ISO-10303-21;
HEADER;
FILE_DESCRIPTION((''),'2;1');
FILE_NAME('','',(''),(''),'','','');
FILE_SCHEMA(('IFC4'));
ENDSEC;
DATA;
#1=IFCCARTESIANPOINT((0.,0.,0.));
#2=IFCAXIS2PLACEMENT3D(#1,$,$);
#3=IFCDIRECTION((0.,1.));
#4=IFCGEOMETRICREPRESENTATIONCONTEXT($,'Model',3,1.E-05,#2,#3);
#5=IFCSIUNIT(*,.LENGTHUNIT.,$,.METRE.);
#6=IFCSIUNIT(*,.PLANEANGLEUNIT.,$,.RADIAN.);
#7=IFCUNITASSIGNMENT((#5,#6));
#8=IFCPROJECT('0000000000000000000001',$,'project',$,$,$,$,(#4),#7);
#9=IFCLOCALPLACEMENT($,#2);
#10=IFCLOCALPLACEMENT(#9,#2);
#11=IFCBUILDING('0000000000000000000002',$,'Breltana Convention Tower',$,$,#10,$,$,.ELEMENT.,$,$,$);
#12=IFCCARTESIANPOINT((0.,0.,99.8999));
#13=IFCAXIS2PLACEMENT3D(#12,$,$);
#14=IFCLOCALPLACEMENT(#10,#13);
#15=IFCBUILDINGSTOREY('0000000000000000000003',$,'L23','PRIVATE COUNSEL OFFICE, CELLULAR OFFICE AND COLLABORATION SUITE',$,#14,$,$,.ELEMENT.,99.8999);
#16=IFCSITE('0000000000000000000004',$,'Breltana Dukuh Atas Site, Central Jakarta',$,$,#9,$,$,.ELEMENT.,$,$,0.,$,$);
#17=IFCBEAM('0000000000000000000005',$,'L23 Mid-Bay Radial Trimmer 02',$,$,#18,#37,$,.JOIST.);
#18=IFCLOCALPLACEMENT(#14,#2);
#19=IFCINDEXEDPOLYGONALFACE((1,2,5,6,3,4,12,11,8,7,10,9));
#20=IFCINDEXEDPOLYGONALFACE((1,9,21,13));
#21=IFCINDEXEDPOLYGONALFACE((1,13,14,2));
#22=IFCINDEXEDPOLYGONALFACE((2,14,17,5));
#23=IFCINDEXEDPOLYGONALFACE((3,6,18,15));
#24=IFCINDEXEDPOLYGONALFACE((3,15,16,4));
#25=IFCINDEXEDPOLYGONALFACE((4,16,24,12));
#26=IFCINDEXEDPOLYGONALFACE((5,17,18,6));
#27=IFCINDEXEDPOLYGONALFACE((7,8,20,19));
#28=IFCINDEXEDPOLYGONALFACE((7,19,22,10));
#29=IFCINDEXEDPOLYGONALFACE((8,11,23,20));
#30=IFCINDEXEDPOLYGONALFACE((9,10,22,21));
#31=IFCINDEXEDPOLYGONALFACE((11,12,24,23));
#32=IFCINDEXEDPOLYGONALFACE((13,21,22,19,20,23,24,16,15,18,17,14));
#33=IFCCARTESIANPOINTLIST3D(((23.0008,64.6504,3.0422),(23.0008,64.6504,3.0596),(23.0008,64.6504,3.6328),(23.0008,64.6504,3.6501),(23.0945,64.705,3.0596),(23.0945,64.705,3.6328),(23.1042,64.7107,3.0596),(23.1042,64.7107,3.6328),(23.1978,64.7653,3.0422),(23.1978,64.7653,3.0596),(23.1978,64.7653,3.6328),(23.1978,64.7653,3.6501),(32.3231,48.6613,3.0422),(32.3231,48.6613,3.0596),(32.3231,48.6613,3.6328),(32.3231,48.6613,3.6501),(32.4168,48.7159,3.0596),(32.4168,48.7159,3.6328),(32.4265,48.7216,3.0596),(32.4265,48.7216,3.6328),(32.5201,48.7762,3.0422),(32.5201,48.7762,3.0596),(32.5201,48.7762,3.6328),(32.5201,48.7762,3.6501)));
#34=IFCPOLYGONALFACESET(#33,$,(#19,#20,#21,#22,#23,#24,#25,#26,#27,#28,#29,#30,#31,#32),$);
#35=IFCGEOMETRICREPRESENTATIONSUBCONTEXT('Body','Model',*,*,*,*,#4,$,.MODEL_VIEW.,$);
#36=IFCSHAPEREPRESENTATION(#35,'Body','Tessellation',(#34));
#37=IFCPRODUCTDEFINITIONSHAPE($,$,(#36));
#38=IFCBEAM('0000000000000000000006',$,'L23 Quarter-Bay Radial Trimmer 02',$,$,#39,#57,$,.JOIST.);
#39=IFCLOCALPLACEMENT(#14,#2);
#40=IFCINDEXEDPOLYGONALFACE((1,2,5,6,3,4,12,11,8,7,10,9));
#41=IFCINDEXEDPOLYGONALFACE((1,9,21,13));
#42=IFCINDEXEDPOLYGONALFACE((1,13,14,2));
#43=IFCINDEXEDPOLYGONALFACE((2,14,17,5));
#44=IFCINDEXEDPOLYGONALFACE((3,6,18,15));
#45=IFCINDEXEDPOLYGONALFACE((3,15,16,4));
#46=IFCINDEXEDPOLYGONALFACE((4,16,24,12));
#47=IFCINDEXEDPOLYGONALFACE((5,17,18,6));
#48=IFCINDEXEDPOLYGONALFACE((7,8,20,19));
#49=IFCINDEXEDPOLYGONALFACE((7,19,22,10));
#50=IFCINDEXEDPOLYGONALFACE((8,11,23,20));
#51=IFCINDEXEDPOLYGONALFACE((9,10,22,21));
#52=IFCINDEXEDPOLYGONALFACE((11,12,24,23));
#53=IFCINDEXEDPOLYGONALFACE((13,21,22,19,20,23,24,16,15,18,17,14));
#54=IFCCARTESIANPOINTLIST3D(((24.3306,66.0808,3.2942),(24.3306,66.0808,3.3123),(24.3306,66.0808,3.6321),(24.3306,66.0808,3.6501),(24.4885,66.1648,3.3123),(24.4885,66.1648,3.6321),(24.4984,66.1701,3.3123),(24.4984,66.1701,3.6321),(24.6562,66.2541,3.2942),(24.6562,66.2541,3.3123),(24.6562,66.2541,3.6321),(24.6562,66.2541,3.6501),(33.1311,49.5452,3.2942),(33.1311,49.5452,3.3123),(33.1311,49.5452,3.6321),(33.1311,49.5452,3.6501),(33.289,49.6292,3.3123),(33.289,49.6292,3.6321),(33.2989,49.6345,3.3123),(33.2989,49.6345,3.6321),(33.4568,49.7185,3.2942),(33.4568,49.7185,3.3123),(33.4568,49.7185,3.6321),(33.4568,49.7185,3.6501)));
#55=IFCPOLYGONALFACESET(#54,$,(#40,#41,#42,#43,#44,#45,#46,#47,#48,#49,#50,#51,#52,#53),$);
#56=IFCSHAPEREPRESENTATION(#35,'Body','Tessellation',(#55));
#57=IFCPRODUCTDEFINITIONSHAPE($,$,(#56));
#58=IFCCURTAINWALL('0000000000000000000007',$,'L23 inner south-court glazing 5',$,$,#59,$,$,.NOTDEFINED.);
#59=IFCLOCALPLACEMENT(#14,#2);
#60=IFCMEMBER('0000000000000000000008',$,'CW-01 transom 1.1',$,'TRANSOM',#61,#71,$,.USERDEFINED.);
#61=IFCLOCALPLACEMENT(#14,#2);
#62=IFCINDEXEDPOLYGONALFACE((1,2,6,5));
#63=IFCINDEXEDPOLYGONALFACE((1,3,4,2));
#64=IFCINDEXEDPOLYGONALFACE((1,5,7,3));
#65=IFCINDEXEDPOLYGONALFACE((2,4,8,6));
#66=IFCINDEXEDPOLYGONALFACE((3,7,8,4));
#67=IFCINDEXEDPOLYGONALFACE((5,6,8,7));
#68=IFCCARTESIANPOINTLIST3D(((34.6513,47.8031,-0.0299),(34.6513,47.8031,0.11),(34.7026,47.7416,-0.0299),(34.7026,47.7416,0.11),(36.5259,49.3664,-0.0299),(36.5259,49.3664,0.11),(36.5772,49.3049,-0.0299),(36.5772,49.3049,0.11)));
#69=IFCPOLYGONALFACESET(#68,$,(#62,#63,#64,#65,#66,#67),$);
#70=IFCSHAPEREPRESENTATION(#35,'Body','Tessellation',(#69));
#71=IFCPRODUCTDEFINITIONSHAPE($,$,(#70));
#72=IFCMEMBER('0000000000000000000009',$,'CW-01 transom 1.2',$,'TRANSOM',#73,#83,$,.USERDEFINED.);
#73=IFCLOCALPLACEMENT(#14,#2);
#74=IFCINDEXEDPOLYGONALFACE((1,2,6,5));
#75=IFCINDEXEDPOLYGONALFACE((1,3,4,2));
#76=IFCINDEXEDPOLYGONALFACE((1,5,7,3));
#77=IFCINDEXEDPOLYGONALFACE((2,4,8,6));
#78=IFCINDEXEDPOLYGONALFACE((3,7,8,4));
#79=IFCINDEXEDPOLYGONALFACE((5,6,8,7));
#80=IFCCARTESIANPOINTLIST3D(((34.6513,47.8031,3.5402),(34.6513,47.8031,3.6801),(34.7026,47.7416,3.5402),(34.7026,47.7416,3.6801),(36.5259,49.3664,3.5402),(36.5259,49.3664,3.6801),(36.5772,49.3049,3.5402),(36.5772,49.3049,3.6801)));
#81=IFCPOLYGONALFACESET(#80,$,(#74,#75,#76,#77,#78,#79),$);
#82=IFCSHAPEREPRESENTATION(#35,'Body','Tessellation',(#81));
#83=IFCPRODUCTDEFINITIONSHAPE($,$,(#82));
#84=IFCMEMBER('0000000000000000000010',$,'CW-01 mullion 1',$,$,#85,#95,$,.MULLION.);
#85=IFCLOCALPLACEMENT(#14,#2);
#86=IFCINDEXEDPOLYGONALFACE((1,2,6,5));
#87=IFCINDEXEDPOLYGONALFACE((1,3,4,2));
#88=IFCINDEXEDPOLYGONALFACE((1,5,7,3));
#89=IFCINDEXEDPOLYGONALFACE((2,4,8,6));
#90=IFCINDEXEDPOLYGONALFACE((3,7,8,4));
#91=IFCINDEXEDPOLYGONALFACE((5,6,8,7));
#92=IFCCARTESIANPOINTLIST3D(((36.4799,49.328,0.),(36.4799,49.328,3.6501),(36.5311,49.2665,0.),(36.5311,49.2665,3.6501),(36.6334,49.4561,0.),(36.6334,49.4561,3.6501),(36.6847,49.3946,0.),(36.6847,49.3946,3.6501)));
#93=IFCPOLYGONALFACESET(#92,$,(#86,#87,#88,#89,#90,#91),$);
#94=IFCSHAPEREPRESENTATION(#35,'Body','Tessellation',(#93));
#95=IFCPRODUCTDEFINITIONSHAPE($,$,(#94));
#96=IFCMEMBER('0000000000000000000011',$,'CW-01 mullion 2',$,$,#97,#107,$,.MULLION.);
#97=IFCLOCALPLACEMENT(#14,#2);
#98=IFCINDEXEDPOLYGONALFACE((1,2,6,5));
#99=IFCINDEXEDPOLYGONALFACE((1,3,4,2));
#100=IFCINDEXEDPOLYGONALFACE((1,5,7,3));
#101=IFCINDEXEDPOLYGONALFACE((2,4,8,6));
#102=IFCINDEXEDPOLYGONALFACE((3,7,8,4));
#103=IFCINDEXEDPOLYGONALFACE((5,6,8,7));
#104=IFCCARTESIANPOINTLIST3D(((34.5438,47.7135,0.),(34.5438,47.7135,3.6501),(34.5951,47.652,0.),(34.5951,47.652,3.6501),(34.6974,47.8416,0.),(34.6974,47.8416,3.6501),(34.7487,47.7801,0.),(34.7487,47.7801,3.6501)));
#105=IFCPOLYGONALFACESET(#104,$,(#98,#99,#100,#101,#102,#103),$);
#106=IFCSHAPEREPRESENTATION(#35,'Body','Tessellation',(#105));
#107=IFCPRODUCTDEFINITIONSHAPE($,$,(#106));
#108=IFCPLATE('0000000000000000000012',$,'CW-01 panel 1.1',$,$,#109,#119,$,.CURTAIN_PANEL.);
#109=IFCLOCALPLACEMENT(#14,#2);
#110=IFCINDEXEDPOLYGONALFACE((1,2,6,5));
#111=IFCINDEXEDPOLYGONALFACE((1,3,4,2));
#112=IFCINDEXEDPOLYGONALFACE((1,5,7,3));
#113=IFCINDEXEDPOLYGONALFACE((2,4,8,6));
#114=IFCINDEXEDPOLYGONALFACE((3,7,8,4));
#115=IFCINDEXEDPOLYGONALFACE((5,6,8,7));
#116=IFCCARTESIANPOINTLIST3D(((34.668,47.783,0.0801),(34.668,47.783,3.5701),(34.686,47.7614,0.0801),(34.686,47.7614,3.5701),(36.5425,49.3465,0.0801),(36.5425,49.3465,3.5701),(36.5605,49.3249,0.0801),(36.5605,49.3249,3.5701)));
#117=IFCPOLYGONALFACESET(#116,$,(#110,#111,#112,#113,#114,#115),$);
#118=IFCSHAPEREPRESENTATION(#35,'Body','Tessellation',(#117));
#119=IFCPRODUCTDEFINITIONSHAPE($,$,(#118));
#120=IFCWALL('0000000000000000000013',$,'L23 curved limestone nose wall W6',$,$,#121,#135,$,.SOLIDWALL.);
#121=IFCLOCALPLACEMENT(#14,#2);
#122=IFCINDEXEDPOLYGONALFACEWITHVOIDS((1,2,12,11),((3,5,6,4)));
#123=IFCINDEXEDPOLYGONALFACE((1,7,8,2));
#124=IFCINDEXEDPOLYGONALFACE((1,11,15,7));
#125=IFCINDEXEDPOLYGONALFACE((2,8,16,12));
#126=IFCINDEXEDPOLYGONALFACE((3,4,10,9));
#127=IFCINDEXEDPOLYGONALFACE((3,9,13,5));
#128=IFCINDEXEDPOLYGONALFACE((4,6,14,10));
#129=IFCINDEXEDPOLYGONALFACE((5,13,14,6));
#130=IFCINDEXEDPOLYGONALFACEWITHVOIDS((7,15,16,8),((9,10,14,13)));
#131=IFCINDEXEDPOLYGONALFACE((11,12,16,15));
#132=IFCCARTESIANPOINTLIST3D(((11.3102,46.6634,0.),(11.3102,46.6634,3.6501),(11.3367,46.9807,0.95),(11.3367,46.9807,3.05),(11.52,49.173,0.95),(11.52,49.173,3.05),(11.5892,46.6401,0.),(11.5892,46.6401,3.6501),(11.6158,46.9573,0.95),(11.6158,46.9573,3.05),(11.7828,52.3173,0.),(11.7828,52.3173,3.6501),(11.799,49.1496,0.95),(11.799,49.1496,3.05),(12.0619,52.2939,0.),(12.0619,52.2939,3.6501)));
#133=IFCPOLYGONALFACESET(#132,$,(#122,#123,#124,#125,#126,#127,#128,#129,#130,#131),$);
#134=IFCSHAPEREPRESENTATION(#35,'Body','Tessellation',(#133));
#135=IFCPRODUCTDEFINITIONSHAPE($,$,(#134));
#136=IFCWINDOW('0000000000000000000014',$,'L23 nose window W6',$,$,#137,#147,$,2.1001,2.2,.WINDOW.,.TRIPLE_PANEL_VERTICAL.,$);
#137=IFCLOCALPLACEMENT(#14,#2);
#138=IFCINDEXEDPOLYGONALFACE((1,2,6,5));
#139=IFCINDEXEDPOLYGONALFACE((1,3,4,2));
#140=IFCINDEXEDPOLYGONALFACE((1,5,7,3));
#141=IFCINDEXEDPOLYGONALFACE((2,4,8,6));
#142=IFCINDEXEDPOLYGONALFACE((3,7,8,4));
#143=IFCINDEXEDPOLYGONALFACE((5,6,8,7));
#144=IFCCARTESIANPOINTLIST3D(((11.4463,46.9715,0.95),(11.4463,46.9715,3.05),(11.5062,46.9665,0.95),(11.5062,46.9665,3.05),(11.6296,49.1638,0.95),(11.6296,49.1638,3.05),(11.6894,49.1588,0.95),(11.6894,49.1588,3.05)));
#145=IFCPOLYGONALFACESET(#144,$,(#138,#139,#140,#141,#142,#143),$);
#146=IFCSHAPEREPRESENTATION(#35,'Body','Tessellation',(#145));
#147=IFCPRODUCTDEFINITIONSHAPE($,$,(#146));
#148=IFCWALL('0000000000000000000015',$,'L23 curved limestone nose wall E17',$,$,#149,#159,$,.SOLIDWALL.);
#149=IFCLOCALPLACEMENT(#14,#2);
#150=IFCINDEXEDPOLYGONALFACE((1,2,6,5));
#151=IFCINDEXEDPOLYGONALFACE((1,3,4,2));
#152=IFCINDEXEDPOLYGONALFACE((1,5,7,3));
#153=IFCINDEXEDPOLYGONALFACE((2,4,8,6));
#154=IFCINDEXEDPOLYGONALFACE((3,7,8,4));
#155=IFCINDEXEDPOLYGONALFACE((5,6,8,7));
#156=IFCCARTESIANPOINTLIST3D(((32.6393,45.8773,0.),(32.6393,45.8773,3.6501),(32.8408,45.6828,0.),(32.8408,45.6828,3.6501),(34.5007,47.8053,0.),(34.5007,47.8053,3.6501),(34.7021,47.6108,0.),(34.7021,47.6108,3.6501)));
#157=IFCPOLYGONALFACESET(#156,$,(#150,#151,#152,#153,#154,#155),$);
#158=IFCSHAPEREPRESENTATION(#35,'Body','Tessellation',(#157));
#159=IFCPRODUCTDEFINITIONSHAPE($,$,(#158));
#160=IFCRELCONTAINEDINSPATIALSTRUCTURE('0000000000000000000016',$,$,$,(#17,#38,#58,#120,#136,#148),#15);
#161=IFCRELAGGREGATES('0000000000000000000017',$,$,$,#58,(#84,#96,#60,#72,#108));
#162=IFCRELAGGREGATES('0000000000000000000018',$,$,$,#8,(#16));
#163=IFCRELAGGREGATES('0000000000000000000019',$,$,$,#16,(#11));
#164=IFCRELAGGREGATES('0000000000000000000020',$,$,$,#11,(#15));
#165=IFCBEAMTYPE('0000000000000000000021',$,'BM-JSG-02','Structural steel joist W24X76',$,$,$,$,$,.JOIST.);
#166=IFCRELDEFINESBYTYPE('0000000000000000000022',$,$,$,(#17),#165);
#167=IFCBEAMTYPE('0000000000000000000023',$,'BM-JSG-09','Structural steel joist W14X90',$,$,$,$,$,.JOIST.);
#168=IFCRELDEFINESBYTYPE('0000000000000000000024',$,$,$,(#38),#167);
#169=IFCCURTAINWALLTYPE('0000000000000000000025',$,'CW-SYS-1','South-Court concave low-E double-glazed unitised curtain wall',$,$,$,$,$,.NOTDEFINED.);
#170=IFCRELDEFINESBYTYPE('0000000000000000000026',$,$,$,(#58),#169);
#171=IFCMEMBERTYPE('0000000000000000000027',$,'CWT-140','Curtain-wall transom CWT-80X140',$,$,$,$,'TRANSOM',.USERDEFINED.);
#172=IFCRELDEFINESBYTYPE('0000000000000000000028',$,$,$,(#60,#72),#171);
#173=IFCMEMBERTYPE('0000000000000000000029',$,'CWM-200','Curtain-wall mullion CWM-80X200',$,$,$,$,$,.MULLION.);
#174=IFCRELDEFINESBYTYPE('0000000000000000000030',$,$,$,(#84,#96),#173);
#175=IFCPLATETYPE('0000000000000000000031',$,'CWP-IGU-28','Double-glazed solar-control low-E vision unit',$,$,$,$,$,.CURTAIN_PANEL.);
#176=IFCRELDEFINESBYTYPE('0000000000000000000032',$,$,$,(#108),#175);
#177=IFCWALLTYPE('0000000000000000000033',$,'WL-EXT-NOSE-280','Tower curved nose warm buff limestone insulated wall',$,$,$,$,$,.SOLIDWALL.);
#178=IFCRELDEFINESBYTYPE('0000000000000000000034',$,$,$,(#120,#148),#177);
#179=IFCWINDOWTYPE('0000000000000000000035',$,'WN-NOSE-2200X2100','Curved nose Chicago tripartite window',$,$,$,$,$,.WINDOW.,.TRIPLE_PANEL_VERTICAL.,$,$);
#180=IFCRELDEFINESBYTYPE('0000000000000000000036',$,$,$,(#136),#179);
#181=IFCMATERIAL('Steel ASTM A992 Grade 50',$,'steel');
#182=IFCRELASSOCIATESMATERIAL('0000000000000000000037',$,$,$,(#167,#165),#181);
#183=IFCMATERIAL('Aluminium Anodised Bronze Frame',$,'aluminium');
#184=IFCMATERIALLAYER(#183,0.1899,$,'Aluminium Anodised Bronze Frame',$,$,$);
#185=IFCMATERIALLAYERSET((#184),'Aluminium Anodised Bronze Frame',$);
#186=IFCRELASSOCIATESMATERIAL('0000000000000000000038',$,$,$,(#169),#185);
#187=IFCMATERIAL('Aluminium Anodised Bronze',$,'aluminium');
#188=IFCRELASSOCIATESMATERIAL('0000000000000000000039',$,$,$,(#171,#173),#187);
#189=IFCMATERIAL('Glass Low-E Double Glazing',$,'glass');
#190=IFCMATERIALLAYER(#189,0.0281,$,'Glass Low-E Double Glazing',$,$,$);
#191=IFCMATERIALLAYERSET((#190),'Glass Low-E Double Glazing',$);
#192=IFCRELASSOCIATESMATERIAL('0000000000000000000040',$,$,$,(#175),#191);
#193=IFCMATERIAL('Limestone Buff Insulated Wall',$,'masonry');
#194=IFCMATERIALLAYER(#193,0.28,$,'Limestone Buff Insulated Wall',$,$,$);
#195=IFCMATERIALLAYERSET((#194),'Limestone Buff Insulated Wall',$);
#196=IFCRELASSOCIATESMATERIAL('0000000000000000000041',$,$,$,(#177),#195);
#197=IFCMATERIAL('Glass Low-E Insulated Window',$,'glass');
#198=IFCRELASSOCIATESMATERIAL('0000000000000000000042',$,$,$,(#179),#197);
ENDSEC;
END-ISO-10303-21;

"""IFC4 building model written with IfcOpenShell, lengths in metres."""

from ifc_helpers import new_model, si_unit, direction, frame, frame_2d, origin, origin_2d, place, context, subcontext, project, spatial, rectangle, i_section, extrude, source, transform, mapped, material, layer, layer_set, material_profile, profile_set, type_object, type_shapes, element, fill, aggregate, save


model = new_model("IFC4")

# Units and contexts
model_context = context("Model", 3, precision=1e-05, world=origin(), true_north=direction((0.0, 1.0)))
body_context = subcontext(model_context, "Body", "Model", "MODEL_VIEW")
ifc_project = project(units=[si_unit("LENGTHUNIT", "METRE"), si_unit("PLANEANGLEUNIT", "RADIAN")], contexts=[model_context])

# Site, building, storey
site_placement = place(None, origin())
site = spatial("IfcSite", under=ifc_project, at=site_placement, Name="Breltana Dukuh Atas Site, Central Jakarta", CompositionType="ELEMENT", RefElevation=0.0)
building_placement = place(site_placement, origin())
building = spatial("IfcBuilding", under=site, at=building_placement, Name="Breltana Convention Tower", CompositionType="ELEMENT")
storey_placement = place(building_placement, frame((0.0, 0.0, 99.8999)))
storey = spatial("IfcBuildingStorey", under=building, at=storey_placement, Name="L23", Description="PRIVATE COUNSEL OFFICE, CELLULAR OFFICE AND COLLABORATION SUITE", CompositionType="ELEMENT", Elevation=99.8999)

# Beams
ifc_material_1 = material(Name="Steel ASTM A992 Grade 50", Category="steel")
ifc_material_profile_1 = material_profile(ifc_material_1, i_section(OverallWidth=0.3689, OverallDepth=0.356, WebThickness=0.0112, FlangeThickness=0.0181, at=origin_2d()), Name="W14X90")
ifc_profile_set_1 = profile_set([ifc_material_profile_1], Name="Steel ASTM A992 Grade 50")
beam_type_1 = type_object("IfcBeamType", Name="BM-JSG-09", Description="Structural steel joist W14X90", PredefinedType="JOIST", material=ifc_profile_set_1)
ifc_material_profile_2 = material_profile(ifc_material_1, i_section(OverallWidth=0.228, OverallDepth=0.6079, WebThickness=0.0112, FlangeThickness=0.0173, at=origin_2d()), Name="W24X76")
ifc_profile_set_2 = profile_set([ifc_material_profile_2], Name="Steel ASTM A992 Grade 50")
beam_type_2 = type_object("IfcBeamType", Name="BM-JSG-02", Description="Structural steel joist W24X76", PredefinedType="JOIST", material=ifc_profile_set_2)
shared_shape_1 = source(origin(), body_context, "Body", "SweptSolid", [
    extrude(i_section(OverallWidth=0.228, OverallDepth=0.6079, WebThickness=0.0112, FlangeThickness=0.0173, at=origin_2d()), origin(), (0.0, 0.0, 1.0), 18.5083),
])
beam_1_placement = place(storey_placement, frame((32.4216, 48.7188, 3.3462), z_axis=(-0.503683, 0.863888, 0.0), x_axis=(-0.863888, -0.503683, 0.0)))
element("IfcBeam", 1, at=beam_1_placement, inside=storey, type_object=beam_type_2, Name="L23 Mid-Bay Radial Trimmer 02", PredefinedType="JOIST", context=body_context, shape_type="MappedRepresentation", body=[
    mapped(shared_shape_1, transform((0.0, 0.0, 0.0), scale=1.0)),
])
shared_shape_2 = source(origin(), body_context, "Body", "SweptSolid", [
    extrude(i_section(OverallWidth=0.3689, OverallDepth=0.356, WebThickness=0.0112, FlangeThickness=0.0181, at=origin_2d()), origin(), (0.0, 0.0, 1.0), 18.7317),
])
beam_2_placement = place(storey_placement, frame((33.2939, 49.6318, 3.4722), z_axis=(-0.46982, 0.882762, 0.0), x_axis=(-0.882762, -0.46982, 0.0)))
element("IfcBeam", 2, at=beam_2_placement, inside=storey, type_object=beam_type_1, Name="L23 Quarter-Bay Radial Trimmer 02", PredefinedType="JOIST", context=body_context, shape_type="MappedRepresentation", body=[
    mapped(shared_shape_2, transform((0.0, 0.0, 0.0), scale=1.0)),
])

# Curtain wall, members, plate
ifc_material_2 = material(Name="Aluminium Anodised Bronze Frame", Category="aluminium")
ifc_layer_1 = layer(ifc_material_2, 0.1899, Name="Aluminium Anodised Bronze Frame")
ifc_layer_set_1 = layer_set([ifc_layer_1], Name="Aluminium Anodised Bronze Frame")
curtain_wall_type = type_object("IfcCurtainWallType", Name="CW-SYS-1", Description="South-Court concave low-E double-glazed unitised curtain wall", PredefinedType="NOTDEFINED", material=ifc_layer_set_1)
curtain_wall_placement = place(storey_placement, origin())
curtain_wall = element("IfcCurtainWall", 3, at=curtain_wall_placement, inside=storey, type_object=curtain_wall_type, Name="L23 inner south-court glazing 5", PredefinedType="NOTDEFINED")
ifc_material_3 = material(Name="Aluminium Anodised Bronze", Category="aluminium")
ifc_material_profile_3 = material_profile(ifc_material_3, rectangle(XDim=0.0801, YDim=0.1399, at=origin_2d()), Name="CWT-80X140")
ifc_profile_set_3 = profile_set([ifc_material_profile_3], Name="Aluminium Anodised Bronze")
member_type_1 = type_object("IfcMemberType", Name="CWT-140", Description="Curtain-wall transom CWT-80X140", ElementType="TRANSOM", PredefinedType="USERDEFINED", material=ifc_profile_set_3)
shared_shape_3 = source(origin(), body_context, "Body", "SweptSolid", [
    extrude(rectangle(XDim=0.0801, YDim=0.1399, at=origin_2d()), origin(), (0.0, 0.0, 1.0), 2.4409),
])
member_1_placement = place(storey_placement, frame((36.5515, 49.3357, 0.04), z_axis=(-0.767992, -0.64046, 0.0), x_axis=(0.64046, -0.767992, 0.0)))
member_1 = element("IfcMember", 4, at=member_1_placement, type_object=member_type_1, Name="CW-01 transom 1.1", ObjectType="TRANSOM", PredefinedType="USERDEFINED", context=body_context, shape_type="MappedRepresentation", body=[
    mapped(shared_shape_3, transform((0.0, 0.0, 0.0), scale=1.0)),
])
member_2_placement = place(storey_placement, frame((36.5515, 49.3357, 3.6101), z_axis=(-0.767992, -0.64046, 0.0), x_axis=(0.64046, -0.767992, 0.0)))
member_2 = element("IfcMember", 5, at=member_2_placement, type_object=member_type_1, Name="CW-01 transom 1.2", ObjectType="TRANSOM", PredefinedType="USERDEFINED", context=body_context, shape_type="MappedRepresentation", body=[
    mapped(shared_shape_3, transform((0.0, 0.0, 0.0), scale=1.0)),
])
ifc_material_profile_4 = material_profile(ifc_material_3, rectangle(XDim=0.0801, YDim=0.2, at=origin_2d()), Name="CWM-80X200")
ifc_profile_set_4 = profile_set([ifc_material_profile_4], Name="Aluminium Anodised Bronze")
member_type_2 = type_object("IfcMemberType", Name="CWM-200", Description="Curtain-wall mullion CWM-80X200", PredefinedType="MULLION", material=ifc_profile_set_4)
shared_shape_4 = source(origin(), body_context, "Body", "SweptSolid", [
    extrude(rectangle(XDim=0.0801, YDim=0.2, at=origin_2d()), origin(), (0.0, 0.0, 1.0), 3.6501),
])
member_3_placement = place(storey_placement, frame((36.5823, 49.3613, 0.0), z_axis=(0.0, 0.0, 1.0), x_axis=(0.640521, -0.767941, 0.0)))
member_3 = element("IfcMember", 6, at=member_3_placement, type_object=member_type_2, Name="CW-01 mullion 1", PredefinedType="MULLION", context=body_context, shape_type="MappedRepresentation", body=[
    mapped(shared_shape_4, transform((0.0, 0.0, 0.0), scale=1.0)),
])
member_4_placement = place(storey_placement, frame((34.6462, 47.7468, 0.0), z_axis=(0.0, 0.0, 1.0), x_axis=(0.640521, -0.767941, 0.0)))
member_4 = element("IfcMember", 7, at=member_4_placement, type_object=member_type_2, Name="CW-01 mullion 2", PredefinedType="MULLION", context=body_context, shape_type="MappedRepresentation", body=[
    mapped(shared_shape_4, transform((0.0, 0.0, 0.0), scale=1.0)),
])
ifc_material_4 = material(Name="Glass Low-E Double Glazing", Category="glass")
ifc_layer_2 = layer(ifc_material_4, 0.0281, Name="Glass Low-E Double Glazing")
ifc_layer_set_2 = layer_set([ifc_layer_2], Name="Glass Low-E Double Glazing")
plate_type = type_object("IfcPlateType", Name="CWP-IGU-28", Description="Double-glazed solar-control low-E vision unit", PredefinedType="CURTAIN_PANEL", material=ifc_layer_set_2)
shared_shape_5 = source(origin(), body_context, "Body", "SweptSolid", [
    extrude(rectangle(XDim=2.4409, YDim=0.0281, at=origin_2d()), origin(), (0.0, 0.0, 1.0), 3.49),
])
plate_placement = place(storey_placement, frame((35.6143, 48.554, 0.0801), z_axis=(0.0, 0.0, 1.0), x_axis=(-0.767941, -0.640521, 0.0)))
plate = element("IfcPlate", 8, at=plate_placement, type_object=plate_type, Name="CW-01 panel 1.1", PredefinedType="CURTAIN_PANEL", context=body_context, shape_type="MappedRepresentation", body=[
    mapped(shared_shape_5, transform((0.0, 0.0, 0.0), scale=1.0)),
])
aggregate(curtain_wall, [member_3, member_4, member_1, member_2, plate])

# Wall, opening, window
ifc_material_5 = material(Name="Limestone Buff Insulated Wall", Category="masonry")
ifc_layer_3 = layer(ifc_material_5, 0.28, Name="Limestone Buff Insulated Wall")
ifc_layer_set_3 = layer_set([ifc_layer_3], Name="Limestone Buff Insulated Wall")
wall_type_1 = type_object("IfcWallType", Name="WL-EXT-NOSE-280", Description="Tower curved nose warm buff limestone insulated wall", PredefinedType="SOLIDWALL", material=ifc_layer_set_3)
shared_shape_6 = source(origin(), body_context, "Body", "SweptSolid", [
    extrude(rectangle(XDim=5.6736, YDim=0.28, at=frame_2d((2.8369, 0.0))), origin(), (0.0, 0.0, 1.0), 3.6501),
])
wall_1_placement = place(storey_placement, frame((11.4497, 46.6516, 0.0), z_axis=(0.0, 0.0, 1.0), x_axis=(0.083309, 0.996524, 0.0)))
wall_1 = element("IfcWall", 9, at=wall_1_placement, inside=storey, type_object=wall_type_1, Name="L23 curved limestone nose wall W6", PredefinedType="SOLIDWALL", context=body_context, shape_type="MappedRepresentation", body=[
    mapped(shared_shape_6, transform((0.0, 0.0, 0.0), scale=1.0)),
])
opening_placement = place(wall_1_placement, frame((0.3184, 0.0, 0.95)))
opening = element("IfcOpeningElement", 10, at=opening_placement, cuts=wall_1, PredefinedType="OPENING", context=body_context, shape_type="SweptSolid", body=[
    extrude(rectangle(XDim=2.2, YDim=2.1001, at=frame_2d((1.1001, 1.05))), frame((0.0, 0.1499, 0.0), z_axis=(0.0, -1.0, 0.0), x_axis=(1.0, 0.0, 0.0)), (0.0, 0.0, 1.0), 0.3),
])
ifc_material_6 = material(Name="Glass Low-E Insulated Window", Category="glass")
window_type = type_object("IfcWindowType", Name="WN-NOSE-2200X2100", Description="Curved nose Chicago tripartite window", PartitioningType="TRIPLE_PANEL_VERTICAL", PredefinedType="WINDOW", material=ifc_material_6)
shared_shape_7 = source(origin(), body_context, "Body", "SweptSolid", [
    extrude(rectangle(XDim=2.2, YDim=2.1001, at=frame_2d((1.1001, 1.05))), frame((0.0, 0.03, 0.0), z_axis=(0.0, -1.0, 0.0), x_axis=(1.0, 0.0, 0.0)), (0.0, 0.0, 1.0), 0.0601),
])
type_shapes(window_type, [shared_shape_7])
window_placement = place(opening_placement, origin())
window = element("IfcWindow", 11, at=window_placement, inside=storey, type_object=window_type, Name="L23 nose window W6", OverallHeight=2.1001, OverallWidth=2.2, PartitioningType="TRIPLE_PANEL_VERTICAL", PredefinedType="WINDOW", context=body_context, shape_type="MappedRepresentation", body=[
    mapped(shared_shape_7, transform((0.0, 0.0, 0.0), scale=1.0)),
])
fill(opening, window)

# Wall
shared_shape_8 = source(origin(), body_context, "Body", "SweptSolid", [
    extrude(rectangle(XDim=2.6799, YDim=0.28, at=frame_2d((1.3398, 0.0))), origin(), (0.0, 0.0, 1.0), 3.6501),
])
wall_2_placement = place(storey_placement, frame((34.6013, 47.708, 0.0), z_axis=(0.0, 0.0, 1.0), x_axis=(-0.694562, -0.719433, 0.0)))
element("IfcWall", 12, at=wall_2_placement, inside=storey, type_object=wall_type_1, Name="L23 curved limestone nose wall E17", PredefinedType="SOLIDWALL", context=body_context, shape_type="MappedRepresentation", body=[
    mapped(shared_shape_8, transform((0.0, 0.0, 0.0), scale=1.0)),
])

save(model, "model.ifc")
